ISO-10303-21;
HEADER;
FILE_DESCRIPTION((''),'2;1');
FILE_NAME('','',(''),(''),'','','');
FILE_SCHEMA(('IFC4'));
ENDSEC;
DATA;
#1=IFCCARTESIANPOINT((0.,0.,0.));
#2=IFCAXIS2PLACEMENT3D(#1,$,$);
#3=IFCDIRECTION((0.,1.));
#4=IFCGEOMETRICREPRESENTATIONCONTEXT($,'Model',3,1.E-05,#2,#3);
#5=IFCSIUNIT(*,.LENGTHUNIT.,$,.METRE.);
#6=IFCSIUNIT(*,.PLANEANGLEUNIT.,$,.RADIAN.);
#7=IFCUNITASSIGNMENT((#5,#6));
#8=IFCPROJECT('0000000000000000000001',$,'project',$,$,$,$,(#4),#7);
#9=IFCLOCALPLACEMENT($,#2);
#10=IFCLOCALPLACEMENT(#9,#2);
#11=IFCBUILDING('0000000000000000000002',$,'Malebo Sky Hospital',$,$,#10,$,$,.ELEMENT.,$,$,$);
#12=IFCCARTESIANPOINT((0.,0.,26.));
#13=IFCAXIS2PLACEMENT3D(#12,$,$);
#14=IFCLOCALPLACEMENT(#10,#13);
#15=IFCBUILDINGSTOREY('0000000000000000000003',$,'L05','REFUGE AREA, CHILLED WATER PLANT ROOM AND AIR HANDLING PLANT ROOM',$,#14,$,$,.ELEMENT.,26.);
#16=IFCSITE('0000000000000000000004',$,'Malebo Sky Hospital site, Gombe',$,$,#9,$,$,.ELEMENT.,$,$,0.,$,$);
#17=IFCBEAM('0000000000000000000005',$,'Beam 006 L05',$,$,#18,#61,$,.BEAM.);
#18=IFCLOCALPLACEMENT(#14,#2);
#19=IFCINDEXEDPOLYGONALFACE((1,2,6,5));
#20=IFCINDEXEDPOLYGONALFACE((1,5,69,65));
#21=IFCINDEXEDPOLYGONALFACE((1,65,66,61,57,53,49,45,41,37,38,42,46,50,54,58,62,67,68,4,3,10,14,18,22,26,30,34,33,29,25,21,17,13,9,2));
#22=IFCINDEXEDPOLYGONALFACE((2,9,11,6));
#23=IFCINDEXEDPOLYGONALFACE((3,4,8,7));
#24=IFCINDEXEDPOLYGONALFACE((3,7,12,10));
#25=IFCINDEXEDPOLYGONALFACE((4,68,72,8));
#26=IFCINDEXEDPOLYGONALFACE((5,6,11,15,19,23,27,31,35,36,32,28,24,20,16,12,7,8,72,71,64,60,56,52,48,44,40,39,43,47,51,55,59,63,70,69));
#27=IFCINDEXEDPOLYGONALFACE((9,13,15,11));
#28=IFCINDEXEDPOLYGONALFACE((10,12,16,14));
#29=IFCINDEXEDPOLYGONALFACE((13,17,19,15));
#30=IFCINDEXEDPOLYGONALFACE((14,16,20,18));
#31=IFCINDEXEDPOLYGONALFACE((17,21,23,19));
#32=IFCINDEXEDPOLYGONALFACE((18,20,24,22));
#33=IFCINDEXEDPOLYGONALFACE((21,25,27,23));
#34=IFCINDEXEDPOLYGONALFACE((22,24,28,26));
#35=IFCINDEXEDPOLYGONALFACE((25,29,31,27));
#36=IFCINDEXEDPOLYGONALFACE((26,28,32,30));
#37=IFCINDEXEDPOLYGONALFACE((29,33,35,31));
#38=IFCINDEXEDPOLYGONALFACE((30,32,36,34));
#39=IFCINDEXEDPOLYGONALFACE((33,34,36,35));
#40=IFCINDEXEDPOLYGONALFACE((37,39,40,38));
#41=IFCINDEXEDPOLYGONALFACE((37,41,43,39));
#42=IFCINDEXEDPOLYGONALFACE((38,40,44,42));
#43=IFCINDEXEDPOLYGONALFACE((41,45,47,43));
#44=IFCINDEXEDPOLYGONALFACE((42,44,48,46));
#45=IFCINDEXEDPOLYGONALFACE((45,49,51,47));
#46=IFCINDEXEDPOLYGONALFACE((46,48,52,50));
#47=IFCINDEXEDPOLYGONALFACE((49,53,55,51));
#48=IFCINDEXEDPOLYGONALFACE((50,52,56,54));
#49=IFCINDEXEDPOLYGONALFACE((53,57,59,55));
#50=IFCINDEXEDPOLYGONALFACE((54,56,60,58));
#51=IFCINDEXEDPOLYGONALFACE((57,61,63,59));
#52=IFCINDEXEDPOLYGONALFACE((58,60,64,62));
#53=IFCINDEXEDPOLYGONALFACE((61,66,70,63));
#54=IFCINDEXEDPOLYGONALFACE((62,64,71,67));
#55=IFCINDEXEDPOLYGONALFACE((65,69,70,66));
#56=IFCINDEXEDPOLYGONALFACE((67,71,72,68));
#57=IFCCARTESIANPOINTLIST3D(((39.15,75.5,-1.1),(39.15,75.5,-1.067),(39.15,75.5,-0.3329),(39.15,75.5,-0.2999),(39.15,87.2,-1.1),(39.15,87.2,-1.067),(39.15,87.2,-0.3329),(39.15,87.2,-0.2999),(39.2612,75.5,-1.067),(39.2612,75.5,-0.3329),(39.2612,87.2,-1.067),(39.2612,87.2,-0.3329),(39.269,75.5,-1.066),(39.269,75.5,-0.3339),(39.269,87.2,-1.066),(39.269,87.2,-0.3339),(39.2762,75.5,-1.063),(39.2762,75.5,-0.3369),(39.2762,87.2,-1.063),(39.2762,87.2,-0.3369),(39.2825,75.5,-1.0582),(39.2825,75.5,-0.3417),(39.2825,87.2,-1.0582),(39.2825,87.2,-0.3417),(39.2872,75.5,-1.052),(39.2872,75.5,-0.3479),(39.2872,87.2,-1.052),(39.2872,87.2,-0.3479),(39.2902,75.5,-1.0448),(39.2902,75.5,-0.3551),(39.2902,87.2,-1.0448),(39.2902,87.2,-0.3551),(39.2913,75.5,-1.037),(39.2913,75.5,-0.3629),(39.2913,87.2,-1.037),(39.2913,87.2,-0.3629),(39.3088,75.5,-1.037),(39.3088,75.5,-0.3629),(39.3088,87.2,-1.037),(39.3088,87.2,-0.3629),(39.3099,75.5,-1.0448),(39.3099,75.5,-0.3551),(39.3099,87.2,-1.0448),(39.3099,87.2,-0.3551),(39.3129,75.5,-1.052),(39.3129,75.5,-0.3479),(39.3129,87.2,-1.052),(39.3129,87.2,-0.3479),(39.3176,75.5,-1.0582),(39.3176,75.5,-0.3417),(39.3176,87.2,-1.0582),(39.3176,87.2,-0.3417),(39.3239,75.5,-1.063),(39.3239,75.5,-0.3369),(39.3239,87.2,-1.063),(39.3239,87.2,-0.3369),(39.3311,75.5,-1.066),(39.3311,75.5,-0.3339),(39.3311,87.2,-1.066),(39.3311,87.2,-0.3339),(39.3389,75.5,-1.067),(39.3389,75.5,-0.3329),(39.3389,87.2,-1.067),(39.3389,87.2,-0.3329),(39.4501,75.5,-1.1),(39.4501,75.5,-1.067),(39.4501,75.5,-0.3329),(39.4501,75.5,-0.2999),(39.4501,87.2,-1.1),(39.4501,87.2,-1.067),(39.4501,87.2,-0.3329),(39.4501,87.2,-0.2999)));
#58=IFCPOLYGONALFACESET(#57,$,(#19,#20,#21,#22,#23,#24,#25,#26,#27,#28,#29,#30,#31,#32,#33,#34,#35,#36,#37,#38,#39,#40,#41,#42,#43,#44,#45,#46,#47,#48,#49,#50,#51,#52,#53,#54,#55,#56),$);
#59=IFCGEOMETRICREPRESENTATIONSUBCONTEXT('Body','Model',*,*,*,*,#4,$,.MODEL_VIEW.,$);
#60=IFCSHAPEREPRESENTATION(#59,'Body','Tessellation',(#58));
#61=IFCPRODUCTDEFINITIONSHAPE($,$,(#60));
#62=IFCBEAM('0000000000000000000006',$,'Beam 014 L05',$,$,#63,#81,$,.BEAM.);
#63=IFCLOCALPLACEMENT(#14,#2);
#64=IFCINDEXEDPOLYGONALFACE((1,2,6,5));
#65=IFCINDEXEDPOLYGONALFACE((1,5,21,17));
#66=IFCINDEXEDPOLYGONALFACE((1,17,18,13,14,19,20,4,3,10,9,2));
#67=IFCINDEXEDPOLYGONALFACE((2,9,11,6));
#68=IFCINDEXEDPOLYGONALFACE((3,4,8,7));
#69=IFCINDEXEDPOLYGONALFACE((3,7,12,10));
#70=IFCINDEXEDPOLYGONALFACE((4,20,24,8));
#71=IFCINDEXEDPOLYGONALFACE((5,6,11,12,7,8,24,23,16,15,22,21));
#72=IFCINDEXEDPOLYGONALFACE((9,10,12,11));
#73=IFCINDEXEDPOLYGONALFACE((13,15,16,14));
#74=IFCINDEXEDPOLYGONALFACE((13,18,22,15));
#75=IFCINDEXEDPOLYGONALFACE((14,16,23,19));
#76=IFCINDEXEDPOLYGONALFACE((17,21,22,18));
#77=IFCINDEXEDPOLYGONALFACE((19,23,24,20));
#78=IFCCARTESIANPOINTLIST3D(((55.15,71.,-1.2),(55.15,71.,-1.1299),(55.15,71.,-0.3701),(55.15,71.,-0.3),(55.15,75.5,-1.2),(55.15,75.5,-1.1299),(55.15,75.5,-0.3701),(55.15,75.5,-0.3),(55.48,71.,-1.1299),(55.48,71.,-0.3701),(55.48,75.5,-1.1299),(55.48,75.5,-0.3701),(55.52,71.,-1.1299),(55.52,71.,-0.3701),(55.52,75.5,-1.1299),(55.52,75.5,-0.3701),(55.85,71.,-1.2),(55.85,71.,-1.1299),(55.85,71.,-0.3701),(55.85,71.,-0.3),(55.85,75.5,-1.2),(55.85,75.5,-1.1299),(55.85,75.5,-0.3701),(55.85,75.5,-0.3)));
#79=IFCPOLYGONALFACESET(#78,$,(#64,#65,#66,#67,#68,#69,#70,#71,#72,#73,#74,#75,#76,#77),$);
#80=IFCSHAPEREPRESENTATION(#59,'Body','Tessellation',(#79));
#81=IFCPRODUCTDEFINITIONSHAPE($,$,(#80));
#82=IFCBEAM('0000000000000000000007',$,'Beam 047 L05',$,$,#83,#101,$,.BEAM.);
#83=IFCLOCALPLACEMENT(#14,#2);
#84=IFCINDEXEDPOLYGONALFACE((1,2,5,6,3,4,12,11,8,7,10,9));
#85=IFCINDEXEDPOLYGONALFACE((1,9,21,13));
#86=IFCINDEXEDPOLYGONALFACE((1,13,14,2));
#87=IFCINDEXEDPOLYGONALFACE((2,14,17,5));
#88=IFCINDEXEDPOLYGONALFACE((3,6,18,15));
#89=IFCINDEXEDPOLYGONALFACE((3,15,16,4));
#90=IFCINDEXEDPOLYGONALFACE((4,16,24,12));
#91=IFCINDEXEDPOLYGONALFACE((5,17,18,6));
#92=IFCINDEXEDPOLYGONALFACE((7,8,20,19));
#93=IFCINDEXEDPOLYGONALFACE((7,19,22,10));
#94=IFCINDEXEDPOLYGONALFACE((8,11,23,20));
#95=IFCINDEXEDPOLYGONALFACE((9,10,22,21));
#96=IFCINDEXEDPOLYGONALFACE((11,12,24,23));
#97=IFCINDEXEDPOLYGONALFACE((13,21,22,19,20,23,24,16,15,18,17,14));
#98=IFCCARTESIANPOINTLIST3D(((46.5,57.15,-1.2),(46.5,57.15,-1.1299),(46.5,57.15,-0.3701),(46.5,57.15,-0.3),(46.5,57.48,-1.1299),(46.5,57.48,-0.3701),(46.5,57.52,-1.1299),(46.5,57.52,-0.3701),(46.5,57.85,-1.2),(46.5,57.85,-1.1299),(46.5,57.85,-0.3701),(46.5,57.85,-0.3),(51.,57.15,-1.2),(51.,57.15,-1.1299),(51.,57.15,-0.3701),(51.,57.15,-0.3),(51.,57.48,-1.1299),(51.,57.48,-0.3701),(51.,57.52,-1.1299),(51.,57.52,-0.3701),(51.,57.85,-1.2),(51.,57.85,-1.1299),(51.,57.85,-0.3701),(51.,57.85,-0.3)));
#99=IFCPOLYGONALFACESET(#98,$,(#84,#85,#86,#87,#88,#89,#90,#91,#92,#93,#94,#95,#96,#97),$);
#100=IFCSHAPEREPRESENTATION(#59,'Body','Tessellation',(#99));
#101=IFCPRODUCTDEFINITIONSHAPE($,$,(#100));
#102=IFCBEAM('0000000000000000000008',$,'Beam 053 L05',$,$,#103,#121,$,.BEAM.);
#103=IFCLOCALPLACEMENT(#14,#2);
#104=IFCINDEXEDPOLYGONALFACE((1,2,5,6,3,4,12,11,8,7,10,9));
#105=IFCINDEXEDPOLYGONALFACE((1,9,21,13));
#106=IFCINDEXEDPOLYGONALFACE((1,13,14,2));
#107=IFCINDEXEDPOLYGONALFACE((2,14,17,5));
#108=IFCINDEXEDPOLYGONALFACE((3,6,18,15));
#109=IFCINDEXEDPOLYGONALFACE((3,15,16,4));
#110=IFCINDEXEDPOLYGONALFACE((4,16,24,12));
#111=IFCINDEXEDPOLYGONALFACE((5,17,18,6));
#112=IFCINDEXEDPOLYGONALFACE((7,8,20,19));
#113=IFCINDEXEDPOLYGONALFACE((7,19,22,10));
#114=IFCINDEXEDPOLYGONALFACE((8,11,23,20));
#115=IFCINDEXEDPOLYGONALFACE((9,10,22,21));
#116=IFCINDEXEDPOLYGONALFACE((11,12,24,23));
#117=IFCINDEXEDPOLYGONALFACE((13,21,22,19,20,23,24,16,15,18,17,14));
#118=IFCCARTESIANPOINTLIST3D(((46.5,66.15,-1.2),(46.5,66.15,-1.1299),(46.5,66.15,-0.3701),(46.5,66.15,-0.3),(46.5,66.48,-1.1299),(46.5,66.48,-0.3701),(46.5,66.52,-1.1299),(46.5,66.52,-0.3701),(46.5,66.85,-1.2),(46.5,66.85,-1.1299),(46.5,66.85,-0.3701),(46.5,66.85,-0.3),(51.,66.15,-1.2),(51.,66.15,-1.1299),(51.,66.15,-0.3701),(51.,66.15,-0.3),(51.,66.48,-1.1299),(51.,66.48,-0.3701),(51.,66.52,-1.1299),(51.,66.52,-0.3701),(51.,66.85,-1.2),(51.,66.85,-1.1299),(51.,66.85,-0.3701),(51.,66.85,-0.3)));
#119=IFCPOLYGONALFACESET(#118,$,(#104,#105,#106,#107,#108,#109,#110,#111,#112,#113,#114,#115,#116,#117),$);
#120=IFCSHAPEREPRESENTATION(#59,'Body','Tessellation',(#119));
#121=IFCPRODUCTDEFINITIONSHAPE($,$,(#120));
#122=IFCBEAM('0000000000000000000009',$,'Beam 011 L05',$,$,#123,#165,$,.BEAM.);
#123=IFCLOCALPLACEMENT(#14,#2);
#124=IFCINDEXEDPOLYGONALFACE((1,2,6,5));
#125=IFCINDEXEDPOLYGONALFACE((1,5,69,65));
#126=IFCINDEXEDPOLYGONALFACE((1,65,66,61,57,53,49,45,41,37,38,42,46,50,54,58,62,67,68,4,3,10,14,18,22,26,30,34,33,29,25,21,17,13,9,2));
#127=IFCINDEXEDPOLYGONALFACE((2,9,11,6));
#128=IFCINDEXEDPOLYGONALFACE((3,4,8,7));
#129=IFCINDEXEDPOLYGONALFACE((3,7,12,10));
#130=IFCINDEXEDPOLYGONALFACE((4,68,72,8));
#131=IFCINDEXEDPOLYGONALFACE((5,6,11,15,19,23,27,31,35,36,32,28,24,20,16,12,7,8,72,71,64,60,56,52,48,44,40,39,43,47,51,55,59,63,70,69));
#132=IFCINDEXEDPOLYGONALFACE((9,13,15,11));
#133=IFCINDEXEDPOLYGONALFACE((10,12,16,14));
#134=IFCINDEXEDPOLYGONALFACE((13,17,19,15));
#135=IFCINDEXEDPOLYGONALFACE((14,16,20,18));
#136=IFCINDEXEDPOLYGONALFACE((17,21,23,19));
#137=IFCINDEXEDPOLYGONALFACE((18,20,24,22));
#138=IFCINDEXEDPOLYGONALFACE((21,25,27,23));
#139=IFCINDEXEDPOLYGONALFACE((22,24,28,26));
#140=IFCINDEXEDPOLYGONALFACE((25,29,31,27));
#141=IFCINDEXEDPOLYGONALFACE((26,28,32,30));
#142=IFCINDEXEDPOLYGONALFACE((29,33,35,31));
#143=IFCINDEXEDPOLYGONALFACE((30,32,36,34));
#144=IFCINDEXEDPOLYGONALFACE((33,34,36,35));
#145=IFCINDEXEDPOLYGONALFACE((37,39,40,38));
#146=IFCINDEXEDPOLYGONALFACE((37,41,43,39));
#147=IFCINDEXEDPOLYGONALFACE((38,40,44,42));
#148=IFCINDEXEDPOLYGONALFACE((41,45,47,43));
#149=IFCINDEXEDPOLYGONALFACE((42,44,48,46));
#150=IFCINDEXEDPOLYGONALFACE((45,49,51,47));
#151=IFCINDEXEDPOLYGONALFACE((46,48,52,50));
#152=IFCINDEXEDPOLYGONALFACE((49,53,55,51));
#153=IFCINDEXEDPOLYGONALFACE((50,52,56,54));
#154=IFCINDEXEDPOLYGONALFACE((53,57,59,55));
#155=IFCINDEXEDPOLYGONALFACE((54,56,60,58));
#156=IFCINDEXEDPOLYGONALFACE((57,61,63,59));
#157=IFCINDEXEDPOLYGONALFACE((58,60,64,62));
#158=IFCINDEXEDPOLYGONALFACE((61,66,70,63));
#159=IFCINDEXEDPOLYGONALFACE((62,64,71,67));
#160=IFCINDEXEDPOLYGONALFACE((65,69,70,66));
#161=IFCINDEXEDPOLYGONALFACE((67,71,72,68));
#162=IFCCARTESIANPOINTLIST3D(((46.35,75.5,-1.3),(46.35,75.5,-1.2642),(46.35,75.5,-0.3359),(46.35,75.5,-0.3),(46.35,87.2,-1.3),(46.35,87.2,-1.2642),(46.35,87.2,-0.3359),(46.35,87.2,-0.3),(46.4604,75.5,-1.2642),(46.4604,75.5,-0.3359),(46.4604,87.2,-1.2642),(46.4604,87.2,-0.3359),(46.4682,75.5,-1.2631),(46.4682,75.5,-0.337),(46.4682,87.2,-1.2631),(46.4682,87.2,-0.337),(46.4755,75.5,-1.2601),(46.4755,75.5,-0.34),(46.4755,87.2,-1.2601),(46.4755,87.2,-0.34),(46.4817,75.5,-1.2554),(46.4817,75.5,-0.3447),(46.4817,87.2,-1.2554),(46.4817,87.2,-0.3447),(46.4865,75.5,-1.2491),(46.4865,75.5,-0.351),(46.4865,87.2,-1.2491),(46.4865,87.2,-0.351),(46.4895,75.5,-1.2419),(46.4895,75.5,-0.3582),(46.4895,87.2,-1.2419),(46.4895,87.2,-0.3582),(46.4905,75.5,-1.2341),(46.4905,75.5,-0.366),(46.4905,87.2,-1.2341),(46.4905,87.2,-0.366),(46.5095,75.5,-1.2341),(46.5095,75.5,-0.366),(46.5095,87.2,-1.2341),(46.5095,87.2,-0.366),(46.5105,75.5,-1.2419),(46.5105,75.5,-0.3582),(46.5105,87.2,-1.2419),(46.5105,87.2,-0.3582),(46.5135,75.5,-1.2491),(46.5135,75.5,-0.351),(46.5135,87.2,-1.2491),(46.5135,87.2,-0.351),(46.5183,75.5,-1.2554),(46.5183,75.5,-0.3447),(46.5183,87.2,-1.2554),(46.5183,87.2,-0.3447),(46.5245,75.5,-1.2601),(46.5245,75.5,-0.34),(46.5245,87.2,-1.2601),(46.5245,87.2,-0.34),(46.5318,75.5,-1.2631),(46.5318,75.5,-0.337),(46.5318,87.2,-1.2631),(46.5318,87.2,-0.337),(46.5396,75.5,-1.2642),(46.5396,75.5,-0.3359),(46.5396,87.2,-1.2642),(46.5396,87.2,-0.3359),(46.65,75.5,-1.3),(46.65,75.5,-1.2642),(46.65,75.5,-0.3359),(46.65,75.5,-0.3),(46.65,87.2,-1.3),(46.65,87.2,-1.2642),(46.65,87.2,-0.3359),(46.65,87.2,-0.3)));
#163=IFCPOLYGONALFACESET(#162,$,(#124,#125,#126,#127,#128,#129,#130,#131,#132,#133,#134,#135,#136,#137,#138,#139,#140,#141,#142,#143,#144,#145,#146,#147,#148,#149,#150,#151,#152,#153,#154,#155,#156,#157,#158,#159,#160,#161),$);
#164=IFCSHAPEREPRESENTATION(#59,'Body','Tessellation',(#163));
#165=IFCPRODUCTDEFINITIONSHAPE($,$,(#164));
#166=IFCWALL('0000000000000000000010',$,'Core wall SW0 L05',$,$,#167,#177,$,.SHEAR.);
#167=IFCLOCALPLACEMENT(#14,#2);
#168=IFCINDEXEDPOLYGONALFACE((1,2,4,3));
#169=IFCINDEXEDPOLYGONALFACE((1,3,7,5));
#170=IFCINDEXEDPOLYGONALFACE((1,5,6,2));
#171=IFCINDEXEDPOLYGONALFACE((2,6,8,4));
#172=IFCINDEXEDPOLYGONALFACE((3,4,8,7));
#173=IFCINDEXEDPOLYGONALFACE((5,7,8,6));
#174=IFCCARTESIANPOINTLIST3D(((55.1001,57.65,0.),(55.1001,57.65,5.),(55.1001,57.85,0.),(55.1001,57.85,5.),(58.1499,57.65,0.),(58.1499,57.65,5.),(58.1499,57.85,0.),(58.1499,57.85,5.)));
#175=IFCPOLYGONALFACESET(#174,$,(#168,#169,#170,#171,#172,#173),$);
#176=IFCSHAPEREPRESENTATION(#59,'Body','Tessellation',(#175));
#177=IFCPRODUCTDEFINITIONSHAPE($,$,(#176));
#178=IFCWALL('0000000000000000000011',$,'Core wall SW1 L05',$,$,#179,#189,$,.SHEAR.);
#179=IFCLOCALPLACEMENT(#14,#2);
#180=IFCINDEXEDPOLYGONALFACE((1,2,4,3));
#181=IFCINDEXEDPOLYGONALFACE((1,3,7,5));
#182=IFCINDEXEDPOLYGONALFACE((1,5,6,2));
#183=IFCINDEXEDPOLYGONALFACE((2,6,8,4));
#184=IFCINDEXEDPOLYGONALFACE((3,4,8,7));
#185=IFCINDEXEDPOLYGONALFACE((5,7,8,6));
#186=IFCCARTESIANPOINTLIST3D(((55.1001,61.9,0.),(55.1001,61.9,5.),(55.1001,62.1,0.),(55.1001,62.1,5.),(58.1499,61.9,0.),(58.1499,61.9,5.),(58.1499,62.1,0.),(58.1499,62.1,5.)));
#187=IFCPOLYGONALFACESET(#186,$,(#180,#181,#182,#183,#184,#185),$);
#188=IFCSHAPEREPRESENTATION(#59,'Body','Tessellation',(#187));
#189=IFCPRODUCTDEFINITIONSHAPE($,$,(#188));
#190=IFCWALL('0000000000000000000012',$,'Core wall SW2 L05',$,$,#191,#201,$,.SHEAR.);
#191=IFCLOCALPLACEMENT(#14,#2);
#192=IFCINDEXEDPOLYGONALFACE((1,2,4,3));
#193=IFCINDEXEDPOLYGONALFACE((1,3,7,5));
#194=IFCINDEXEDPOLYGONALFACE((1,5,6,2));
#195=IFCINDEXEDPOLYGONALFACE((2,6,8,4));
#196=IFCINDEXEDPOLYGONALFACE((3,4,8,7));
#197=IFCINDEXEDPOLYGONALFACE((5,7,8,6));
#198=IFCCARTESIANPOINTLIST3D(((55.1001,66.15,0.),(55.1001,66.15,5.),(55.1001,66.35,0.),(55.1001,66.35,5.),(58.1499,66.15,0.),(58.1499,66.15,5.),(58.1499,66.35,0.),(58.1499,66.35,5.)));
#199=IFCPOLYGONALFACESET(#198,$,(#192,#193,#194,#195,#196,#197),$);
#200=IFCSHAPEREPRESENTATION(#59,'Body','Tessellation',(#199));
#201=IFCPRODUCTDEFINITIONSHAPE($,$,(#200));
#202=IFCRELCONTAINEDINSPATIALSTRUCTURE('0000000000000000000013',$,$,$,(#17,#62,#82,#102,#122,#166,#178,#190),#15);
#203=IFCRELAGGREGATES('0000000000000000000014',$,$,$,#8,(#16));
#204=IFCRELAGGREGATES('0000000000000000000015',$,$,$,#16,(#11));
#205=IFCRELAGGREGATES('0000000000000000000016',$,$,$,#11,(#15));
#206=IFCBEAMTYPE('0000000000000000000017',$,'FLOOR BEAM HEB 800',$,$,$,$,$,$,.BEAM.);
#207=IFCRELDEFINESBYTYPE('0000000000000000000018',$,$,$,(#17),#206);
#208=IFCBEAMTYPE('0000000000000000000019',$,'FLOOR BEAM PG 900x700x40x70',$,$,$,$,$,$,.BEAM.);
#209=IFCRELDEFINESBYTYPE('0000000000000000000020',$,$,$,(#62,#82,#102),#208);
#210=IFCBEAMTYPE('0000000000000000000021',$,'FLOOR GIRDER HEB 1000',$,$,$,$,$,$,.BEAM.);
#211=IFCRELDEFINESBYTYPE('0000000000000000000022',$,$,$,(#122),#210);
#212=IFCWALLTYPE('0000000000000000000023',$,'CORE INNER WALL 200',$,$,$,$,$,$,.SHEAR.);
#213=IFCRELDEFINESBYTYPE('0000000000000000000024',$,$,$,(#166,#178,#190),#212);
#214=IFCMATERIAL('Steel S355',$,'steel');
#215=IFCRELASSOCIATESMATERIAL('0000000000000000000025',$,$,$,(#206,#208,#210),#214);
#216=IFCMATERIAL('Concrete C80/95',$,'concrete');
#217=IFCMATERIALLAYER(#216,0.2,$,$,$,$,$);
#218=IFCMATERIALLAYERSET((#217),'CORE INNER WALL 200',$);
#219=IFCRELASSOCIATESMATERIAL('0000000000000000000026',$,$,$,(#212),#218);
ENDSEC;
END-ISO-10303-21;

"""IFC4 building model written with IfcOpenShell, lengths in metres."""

from ifc_helpers import new_model, si_unit, direction, frame, frame_2d, origin, origin_2d, place, context, subcontext, project, spatial, rectangle, i_section, extrude, material, layer, layer_set, material_profile, profile_set, type_object, element, save


model = new_model("IFC4")

# Units and contexts
model_context = context("Model", 3, precision=1e-05, world=origin(), true_north=direction((0.0, 1.0)))
body_context = subcontext(model_context, "Body", "Model", "MODEL_VIEW")
ifc_project = project(units=[si_unit("LENGTHUNIT", "METRE"), si_unit("PLANEANGLEUNIT", "RADIAN")], contexts=[model_context])

# Site, building, storey
site_placement = place(None, origin())
site = spatial("IfcSite", under=ifc_project, at=site_placement, Name="Malebo Sky Hospital site, Gombe", CompositionType="ELEMENT", RefElevation=0.0)
building_placement = place(site_placement, origin())
building = spatial("IfcBuilding", under=site, at=building_placement, Name="Malebo Sky Hospital", CompositionType="ELEMENT")
storey_placement = place(building_placement, frame((0.0, 0.0, 26.0)))
storey = spatial("IfcBuildingStorey", under=building, at=storey_placement, Name="L05", Description="REFUGE AREA, CHILLED WATER PLANT ROOM AND AIR HANDLING PLANT ROOM", CompositionType="ELEMENT", Elevation=26.0)

# Beams
ifc_material_1 = material(Name="Steel S355", Category="steel")
ifc_material_profile_1 = material_profile(ifc_material_1, i_section(OverallWidth=0.3, OverallDepth=0.8, WebThickness=0.0176, FlangeThickness=0.033, FilletRadius=0.03, at=origin_2d()), Name="HEB 800")
ifc_profile_set_1 = profile_set([ifc_material_profile_1], Name="Steel S355")
beam_type_1 = type_object("IfcBeamType", Name="FLOOR BEAM HEB 800", PredefinedType="BEAM", material=ifc_profile_set_1)
beam_1_placement = place(storey_placement, frame((39.3, 75.5, -0.7), z_axis=(0.0, 1.0, 0.0), x_axis=(-1.0, 0.0, 0.0)))
element("IfcBeam", 1, at=beam_1_placement, inside=storey, type_object=beam_type_1, Name="Beam 006 L05", PredefinedType="BEAM", context=body_context, shape_type="SweptSolid", body=[
    extrude(i_section(OverallWidth=0.3, OverallDepth=0.8, WebThickness=0.0176, FlangeThickness=0.033, FilletRadius=0.03, at=origin_2d()), origin(), (0.0, 0.0, 1.0), 11.7),
])
ifc_material_profile_2 = material_profile(ifc_material_1, i_section(OverallWidth=0.7, OverallDepth=0.8999, WebThickness=0.04, FlangeThickness=0.0701, at=origin_2d()), Name="PG 900x700x40x70")
ifc_profile_set_2 = profile_set([ifc_material_profile_2], Name="Steel S355")
beam_type_2 = type_object("IfcBeamType", Name="FLOOR BEAM PG 900x700x40x70", PredefinedType="BEAM", material=ifc_profile_set_2)
for number, where, z_axis, x_axis, name in (
    (2, (55.5, 71.0, -0.75), (0.0, 1.0, 0.0), (-1.0, 0.0, 0.0), "Beam 014 L05"),
    (3, (46.5, 57.5, -0.75), (1.0, 0.0, 0.0), (0.0, 1.0, 0.0), "Beam 047 L05"),
    (4, (46.5, 66.5, -0.75), (1.0, 0.0, 0.0), (0.0, 1.0, 0.0), "Beam 053 L05"),
):
    element("IfcBeam", number, at=place(storey_placement, frame(where, z_axis=z_axis, x_axis=x_axis)), inside=storey, type_object=beam_type_2, Name=name, PredefinedType="BEAM", context=body_context, shape_type="SweptSolid", body=[
        extrude(i_section(OverallWidth=0.7, OverallDepth=0.8999, WebThickness=0.04, FlangeThickness=0.0701, at=origin_2d()), origin(), (0.0, 0.0, 1.0), 4.5),
    ])
ifc_material_profile_3 = material_profile(ifc_material_1, i_section(OverallWidth=0.3, OverallDepth=1.0, WebThickness=0.019, FlangeThickness=0.0359, FilletRadius=0.03, at=origin_2d()), Name="HEB 1000")
ifc_profile_set_3 = profile_set([ifc_material_profile_3], Name="Steel S355")
beam_type_3 = type_object("IfcBeamType", Name="FLOOR GIRDER HEB 1000", PredefinedType="BEAM", material=ifc_profile_set_3)
beam_2_placement = place(storey_placement, frame((46.5, 75.5, -0.8), z_axis=(0.0, 1.0, 0.0), x_axis=(-1.0, 0.0, 0.0)))
element("IfcBeam", 5, at=beam_2_placement, inside=storey, type_object=beam_type_3, Name="Beam 011 L05", PredefinedType="BEAM", context=body_context, shape_type="SweptSolid", body=[
    extrude(i_section(OverallWidth=0.3, OverallDepth=1.0, WebThickness=0.019, FlangeThickness=0.0359, FilletRadius=0.03, at=origin_2d()), origin(), (0.0, 0.0, 1.0), 11.7),
])

# Walls
ifc_material_2 = material(Name="Concrete C80/95", Category="concrete")
ifc_layer_1 = layer(ifc_material_2, 0.2)
ifc_layer_set_1 = layer_set([ifc_layer_1], Name="CORE INNER WALL 200")
wall_type_1 = type_object("IfcWallType", Name="CORE INNER WALL 200", PredefinedType="SHEAR", material=ifc_layer_set_1)
for number, where, z_axis, x_axis, name in (
    (6, (55.1001, 57.75, 0.0), (0.0, 0.0, 1.0), (1.0, 0.0, 0.0), "Core wall SW0 L05"),
    (7, (55.1001, 62.0, 0.0), (0.0, 0.0, 1.0), (1.0, 0.0, 0.0), "Core wall SW1 L05"),
    (8, (55.1001, 66.25, 0.0), (0.0, 0.0, 1.0), (1.0, 0.0, 0.0), "Core wall SW2 L05"),
):
    element("IfcWall", number, at=place(storey_placement, frame(where, z_axis=z_axis, x_axis=x_axis)), inside=storey, type_object=wall_type_1, Name=name, PredefinedType="SHEAR", context=body_context, shape_type="SweptSolid", body=[
        extrude(rectangle(XDim=3.0498, YDim=0.2, at=frame_2d((1.5249, 0.0))), origin(), (0.0, 0.0, 1.0), 5.0),
    ])

save(model, "model.ifc")
